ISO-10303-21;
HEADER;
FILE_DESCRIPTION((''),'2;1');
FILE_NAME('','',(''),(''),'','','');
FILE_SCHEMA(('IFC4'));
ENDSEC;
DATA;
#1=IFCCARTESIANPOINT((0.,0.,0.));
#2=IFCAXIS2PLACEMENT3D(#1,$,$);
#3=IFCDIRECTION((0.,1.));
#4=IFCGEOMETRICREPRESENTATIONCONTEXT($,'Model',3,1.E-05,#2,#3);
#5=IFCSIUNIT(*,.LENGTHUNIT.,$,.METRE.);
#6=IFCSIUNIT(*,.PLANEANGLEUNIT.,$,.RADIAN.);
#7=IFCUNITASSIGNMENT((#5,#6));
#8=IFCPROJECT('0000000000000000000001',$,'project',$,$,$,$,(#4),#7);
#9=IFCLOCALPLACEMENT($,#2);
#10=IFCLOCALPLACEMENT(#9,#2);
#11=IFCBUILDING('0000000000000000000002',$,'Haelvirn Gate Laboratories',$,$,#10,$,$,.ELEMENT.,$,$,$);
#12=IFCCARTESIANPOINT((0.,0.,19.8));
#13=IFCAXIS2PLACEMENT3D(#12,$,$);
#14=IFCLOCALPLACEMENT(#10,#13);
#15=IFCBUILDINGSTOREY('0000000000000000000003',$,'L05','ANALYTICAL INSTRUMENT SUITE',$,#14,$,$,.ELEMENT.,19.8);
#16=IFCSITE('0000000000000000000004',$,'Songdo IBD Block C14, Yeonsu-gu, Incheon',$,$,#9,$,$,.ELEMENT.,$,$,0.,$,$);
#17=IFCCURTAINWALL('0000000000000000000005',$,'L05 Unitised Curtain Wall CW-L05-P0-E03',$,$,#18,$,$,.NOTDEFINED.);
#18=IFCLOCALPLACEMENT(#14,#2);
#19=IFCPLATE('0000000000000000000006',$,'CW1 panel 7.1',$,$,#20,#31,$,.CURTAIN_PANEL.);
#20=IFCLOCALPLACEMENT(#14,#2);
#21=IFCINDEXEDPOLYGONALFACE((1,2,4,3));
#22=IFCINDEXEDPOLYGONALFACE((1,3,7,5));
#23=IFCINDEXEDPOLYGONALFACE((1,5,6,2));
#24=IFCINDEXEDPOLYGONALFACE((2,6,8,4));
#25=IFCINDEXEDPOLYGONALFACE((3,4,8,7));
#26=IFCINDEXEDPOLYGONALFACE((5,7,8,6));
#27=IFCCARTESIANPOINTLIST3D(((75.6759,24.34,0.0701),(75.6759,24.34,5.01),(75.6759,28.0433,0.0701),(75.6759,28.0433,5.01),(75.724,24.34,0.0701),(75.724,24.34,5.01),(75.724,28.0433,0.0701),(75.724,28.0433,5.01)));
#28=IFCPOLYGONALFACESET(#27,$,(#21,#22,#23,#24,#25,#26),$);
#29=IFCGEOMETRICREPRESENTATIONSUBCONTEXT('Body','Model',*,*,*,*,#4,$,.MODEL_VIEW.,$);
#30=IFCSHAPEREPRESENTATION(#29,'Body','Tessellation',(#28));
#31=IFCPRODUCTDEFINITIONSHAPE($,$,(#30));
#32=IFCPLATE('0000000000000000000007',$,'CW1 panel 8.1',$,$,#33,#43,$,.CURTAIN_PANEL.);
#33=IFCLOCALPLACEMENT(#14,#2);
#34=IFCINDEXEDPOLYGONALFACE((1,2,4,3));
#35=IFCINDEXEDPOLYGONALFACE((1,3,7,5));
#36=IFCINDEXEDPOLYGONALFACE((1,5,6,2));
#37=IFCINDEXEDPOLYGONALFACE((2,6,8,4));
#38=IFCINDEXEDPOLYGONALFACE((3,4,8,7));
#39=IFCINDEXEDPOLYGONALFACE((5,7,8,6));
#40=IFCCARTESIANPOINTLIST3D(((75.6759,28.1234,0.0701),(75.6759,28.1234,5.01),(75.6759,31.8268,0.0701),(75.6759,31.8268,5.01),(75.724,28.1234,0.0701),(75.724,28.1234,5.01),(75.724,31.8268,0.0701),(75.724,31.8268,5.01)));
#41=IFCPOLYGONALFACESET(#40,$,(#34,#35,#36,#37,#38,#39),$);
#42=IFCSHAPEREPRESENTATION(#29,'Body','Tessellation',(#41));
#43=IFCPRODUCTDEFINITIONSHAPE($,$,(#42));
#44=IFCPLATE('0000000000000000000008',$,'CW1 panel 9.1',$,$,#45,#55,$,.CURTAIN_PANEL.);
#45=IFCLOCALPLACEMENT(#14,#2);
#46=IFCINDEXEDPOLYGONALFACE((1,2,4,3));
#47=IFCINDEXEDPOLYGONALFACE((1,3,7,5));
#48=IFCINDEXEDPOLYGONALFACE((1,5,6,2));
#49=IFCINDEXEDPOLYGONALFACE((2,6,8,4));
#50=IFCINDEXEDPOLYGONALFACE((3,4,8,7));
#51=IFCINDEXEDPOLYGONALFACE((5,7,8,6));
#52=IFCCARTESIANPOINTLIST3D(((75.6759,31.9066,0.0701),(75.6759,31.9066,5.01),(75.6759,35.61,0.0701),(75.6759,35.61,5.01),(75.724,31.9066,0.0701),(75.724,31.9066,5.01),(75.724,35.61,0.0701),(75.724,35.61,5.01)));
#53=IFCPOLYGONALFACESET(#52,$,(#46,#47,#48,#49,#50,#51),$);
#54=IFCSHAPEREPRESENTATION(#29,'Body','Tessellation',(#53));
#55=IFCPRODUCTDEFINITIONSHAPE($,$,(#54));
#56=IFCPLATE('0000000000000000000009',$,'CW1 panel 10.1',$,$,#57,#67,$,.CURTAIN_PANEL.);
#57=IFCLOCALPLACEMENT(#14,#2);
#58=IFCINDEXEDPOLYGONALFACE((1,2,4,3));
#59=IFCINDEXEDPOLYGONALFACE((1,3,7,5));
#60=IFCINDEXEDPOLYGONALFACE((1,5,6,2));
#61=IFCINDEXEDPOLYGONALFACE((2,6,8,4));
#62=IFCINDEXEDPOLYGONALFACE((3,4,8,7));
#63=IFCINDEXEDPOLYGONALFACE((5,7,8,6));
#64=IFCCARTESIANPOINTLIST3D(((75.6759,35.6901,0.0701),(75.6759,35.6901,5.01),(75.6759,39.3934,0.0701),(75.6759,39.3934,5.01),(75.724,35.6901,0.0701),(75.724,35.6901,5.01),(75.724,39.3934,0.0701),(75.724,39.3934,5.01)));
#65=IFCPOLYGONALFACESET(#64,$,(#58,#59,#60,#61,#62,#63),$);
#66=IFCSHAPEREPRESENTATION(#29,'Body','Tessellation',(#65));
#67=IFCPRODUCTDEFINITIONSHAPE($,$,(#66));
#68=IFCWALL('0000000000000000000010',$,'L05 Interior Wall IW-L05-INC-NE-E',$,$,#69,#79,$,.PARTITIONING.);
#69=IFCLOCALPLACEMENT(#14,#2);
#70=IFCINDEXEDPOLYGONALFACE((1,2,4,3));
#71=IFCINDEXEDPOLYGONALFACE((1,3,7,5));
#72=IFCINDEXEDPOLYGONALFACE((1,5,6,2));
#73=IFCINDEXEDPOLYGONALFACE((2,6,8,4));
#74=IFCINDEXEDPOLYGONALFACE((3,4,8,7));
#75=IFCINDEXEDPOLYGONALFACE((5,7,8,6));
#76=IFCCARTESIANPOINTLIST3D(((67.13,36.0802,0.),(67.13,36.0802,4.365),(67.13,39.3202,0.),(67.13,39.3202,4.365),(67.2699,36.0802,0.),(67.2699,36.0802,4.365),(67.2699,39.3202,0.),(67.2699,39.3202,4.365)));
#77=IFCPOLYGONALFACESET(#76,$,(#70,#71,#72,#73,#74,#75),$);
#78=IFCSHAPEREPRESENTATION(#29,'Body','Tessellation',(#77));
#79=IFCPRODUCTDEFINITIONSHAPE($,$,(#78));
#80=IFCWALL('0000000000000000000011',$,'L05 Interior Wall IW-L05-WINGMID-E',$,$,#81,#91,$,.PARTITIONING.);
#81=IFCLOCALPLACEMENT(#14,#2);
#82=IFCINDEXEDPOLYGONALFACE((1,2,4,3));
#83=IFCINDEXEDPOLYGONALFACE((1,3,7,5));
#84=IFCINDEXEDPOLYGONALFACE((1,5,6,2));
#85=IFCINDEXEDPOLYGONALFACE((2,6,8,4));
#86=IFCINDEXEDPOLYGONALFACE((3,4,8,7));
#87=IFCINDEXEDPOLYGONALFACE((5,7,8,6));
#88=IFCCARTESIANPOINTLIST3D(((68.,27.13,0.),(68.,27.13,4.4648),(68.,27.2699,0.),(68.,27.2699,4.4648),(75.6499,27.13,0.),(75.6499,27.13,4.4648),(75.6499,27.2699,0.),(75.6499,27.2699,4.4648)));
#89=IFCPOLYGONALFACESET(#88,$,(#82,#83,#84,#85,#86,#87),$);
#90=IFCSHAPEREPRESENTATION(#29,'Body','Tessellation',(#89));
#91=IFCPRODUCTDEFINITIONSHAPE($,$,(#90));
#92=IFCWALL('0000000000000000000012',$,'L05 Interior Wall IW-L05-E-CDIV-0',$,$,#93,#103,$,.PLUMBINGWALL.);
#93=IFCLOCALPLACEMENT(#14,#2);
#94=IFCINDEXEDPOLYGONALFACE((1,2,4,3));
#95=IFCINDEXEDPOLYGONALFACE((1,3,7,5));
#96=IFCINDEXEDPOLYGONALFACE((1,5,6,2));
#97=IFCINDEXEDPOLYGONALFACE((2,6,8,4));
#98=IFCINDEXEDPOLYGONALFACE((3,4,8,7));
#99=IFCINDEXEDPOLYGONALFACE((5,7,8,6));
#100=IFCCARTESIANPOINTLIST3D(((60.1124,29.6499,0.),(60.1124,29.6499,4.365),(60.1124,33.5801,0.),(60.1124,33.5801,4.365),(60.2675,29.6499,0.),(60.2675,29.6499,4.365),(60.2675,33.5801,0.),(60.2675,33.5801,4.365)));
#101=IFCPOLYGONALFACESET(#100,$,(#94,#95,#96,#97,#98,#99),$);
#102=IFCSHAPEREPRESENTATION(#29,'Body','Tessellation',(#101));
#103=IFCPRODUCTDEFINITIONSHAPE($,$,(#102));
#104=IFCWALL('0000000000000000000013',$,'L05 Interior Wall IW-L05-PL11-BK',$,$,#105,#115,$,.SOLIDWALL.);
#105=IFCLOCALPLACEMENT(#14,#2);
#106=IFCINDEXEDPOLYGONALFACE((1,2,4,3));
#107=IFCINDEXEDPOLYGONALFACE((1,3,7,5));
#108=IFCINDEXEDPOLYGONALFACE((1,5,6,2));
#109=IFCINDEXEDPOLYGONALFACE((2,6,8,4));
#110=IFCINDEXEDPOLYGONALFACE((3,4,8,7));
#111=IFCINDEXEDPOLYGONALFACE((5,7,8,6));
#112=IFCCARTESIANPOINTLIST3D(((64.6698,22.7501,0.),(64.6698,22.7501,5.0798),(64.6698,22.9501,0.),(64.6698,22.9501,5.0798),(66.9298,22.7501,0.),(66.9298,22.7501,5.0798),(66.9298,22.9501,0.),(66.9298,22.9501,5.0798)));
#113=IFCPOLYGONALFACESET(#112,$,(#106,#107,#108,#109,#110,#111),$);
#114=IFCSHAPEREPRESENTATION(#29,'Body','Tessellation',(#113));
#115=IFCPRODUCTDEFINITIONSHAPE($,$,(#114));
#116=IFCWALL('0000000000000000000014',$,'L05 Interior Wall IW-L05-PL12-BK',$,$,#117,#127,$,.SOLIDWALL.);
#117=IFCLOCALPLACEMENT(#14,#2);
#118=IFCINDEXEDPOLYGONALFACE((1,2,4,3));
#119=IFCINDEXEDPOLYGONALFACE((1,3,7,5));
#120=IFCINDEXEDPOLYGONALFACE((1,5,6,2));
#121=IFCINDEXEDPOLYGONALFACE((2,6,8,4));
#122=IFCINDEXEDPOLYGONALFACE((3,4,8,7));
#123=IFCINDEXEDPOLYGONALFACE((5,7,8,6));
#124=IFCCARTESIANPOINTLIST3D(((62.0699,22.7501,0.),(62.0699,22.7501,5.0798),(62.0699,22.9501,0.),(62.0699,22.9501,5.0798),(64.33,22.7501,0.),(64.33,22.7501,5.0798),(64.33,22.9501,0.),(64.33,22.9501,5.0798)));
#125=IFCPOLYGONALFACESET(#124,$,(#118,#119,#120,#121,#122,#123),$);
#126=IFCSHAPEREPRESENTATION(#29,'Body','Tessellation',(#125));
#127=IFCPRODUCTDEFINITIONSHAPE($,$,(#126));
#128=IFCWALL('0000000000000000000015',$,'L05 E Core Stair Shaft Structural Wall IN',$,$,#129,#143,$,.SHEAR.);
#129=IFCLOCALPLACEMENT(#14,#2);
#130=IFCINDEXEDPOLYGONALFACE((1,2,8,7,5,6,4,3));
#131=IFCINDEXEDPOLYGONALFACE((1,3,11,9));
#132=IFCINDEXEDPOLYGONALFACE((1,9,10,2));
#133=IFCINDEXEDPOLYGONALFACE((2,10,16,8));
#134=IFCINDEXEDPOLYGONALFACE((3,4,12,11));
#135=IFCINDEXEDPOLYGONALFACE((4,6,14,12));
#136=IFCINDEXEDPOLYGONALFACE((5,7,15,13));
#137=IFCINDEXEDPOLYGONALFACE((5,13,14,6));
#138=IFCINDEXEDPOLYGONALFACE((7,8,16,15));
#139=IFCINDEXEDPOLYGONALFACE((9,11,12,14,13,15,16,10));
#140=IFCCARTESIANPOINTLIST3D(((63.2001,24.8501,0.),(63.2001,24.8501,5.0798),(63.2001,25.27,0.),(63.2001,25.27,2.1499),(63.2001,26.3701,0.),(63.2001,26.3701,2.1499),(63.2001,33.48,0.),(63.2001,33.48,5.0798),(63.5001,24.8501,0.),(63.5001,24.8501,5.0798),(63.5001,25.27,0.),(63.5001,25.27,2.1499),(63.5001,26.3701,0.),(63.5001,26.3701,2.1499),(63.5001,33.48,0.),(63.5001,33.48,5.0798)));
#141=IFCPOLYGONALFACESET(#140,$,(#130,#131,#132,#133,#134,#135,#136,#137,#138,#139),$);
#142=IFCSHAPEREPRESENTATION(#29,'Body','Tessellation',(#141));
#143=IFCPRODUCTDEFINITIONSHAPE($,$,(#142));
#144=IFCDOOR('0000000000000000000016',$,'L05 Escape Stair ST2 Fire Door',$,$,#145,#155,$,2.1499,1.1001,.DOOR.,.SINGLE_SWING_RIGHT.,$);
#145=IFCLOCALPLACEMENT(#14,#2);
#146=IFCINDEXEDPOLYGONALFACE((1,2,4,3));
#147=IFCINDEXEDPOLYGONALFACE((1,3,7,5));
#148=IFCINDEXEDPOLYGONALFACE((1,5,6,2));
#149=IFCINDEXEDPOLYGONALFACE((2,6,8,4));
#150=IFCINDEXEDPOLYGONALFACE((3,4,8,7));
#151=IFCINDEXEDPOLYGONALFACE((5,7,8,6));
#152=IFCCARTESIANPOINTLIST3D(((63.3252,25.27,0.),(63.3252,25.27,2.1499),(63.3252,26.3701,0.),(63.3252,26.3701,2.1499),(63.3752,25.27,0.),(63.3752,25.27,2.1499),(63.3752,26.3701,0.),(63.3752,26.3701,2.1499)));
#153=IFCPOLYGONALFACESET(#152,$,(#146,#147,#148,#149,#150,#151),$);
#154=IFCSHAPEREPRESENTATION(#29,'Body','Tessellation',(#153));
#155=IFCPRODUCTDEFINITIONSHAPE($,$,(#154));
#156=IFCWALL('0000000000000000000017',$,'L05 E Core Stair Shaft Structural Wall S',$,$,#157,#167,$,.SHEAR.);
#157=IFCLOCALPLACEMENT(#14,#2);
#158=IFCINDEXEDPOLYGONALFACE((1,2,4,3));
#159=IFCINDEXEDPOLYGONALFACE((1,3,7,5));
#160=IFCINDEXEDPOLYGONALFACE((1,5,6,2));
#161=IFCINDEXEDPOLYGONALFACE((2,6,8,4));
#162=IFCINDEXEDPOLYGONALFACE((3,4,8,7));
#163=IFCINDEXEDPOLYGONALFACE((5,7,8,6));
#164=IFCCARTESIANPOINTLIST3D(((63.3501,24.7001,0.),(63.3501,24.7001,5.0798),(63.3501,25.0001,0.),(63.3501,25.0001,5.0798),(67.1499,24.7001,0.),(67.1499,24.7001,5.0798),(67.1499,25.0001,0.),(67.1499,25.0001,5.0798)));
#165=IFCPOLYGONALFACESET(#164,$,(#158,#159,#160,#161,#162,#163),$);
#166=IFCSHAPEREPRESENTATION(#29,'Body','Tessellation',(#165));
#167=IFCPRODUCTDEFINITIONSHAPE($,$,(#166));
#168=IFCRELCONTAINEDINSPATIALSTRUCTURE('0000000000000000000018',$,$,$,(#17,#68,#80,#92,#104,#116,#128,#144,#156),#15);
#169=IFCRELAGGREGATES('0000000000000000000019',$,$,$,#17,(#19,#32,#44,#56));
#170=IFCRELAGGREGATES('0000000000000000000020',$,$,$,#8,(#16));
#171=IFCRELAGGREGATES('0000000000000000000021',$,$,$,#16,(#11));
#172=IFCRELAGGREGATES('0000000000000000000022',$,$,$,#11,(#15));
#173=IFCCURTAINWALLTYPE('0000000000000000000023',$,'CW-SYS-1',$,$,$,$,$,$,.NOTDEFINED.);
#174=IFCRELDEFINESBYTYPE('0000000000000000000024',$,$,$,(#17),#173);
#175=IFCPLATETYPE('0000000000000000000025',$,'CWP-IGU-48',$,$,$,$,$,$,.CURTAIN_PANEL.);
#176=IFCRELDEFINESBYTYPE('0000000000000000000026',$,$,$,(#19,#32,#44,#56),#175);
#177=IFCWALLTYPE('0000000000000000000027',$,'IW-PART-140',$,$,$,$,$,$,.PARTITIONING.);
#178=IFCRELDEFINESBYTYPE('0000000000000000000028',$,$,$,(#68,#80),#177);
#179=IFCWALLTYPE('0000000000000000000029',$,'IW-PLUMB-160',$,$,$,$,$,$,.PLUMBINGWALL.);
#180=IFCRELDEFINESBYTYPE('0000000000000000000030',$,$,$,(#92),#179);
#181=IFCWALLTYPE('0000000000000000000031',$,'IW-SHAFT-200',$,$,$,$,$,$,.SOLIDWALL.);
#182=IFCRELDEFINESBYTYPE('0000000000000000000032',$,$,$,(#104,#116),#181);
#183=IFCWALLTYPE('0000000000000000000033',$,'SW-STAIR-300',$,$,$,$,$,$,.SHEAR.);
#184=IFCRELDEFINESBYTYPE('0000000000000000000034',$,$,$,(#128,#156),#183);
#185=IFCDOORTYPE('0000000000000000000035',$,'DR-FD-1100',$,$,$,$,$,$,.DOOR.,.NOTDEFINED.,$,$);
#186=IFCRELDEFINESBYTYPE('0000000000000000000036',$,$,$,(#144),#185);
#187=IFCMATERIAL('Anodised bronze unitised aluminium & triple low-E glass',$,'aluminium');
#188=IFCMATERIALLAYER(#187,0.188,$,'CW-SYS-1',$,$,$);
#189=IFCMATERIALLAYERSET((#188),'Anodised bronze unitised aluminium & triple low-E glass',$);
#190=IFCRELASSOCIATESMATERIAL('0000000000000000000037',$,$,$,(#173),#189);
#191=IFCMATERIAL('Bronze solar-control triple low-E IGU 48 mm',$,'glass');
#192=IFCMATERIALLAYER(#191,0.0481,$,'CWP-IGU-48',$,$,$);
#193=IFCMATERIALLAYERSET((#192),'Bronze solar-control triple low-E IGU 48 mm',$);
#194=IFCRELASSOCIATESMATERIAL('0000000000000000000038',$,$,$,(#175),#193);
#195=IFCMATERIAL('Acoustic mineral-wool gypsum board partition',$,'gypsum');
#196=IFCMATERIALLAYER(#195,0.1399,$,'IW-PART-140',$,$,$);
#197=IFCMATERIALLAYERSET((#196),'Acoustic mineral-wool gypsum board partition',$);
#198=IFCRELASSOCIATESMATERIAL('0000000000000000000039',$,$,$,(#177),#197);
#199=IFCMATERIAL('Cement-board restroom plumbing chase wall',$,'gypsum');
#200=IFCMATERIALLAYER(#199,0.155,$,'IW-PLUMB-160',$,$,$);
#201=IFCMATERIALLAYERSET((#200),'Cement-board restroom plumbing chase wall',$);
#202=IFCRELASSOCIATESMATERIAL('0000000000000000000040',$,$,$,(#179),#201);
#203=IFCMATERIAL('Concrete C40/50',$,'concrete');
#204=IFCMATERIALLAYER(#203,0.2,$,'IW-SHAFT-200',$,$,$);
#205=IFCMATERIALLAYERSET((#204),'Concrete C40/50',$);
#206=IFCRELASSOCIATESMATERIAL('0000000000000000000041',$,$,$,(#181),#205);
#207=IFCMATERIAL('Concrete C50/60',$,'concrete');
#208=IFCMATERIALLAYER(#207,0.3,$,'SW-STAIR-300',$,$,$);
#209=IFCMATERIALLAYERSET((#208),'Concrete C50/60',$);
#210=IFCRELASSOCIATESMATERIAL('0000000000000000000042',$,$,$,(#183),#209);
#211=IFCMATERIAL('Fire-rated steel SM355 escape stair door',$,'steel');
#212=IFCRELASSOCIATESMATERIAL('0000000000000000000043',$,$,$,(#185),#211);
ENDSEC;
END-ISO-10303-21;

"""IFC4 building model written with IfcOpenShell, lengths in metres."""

from ifc_helpers import new_model, si_unit, direction, frame, frame_2d, origin, origin_2d, place, context, subcontext, project, spatial, rectangle, extrude, source, transform, mapped, material, layer, layer_set, type_object, type_shapes, element, fill, aggregate, save


model = new_model("IFC4")

# Units and contexts
model_context = context("Model", 3, precision=1e-05, world=origin(), true_north=direction((0.0, 1.0)))
body_context = subcontext(model_context, "Body", "Model", "MODEL_VIEW")
ifc_project = project(units=[si_unit("LENGTHUNIT", "METRE"), si_unit("PLANEANGLEUNIT", "RADIAN")], contexts=[model_context])

# Site, building, storey
site_placement = place(None, origin())
site = spatial("IfcSite", under=ifc_project, at=site_placement, Name="Songdo IBD Block C14, Yeonsu-gu, Incheon", CompositionType="ELEMENT", RefElevation=0.0)
building_placement = place(site_placement, origin())
building = spatial("IfcBuilding", under=site, at=building_placement, Name="Haelvirn Gate Laboratories", CompositionType="ELEMENT")
storey_placement = place(building_placement, frame((0.0, 0.0, 19.8)))
storey = spatial("IfcBuildingStorey", under=building, at=storey_placement, Name="L05", Description="ANALYTICAL INSTRUMENT SUITE", CompositionType="ELEMENT", Elevation=19.8)

# Curtain wall, plates
ifc_material_1 = material(Name="Anodised bronze unitised aluminium & triple low-E glass", Category="aluminium")
ifc_layer_1 = layer(ifc_material_1, 0.188, Name="CW-SYS-1")
ifc_layer_set_1 = layer_set([ifc_layer_1], Name="Anodised bronze unitised aluminium & triple low-E glass")
curtain_wall_type = type_object("IfcCurtainWallType", Name="CW-SYS-1", PredefinedType="NOTDEFINED", material=ifc_layer_set_1)
curtain_wall_placement = place(storey_placement, origin())
curtain_wall = element("IfcCurtainWall", 1, at=curtain_wall_placement, inside=storey, type_object=curtain_wall_type, Name="L05 Unitised Curtain Wall CW-L05-P0-E03", PredefinedType="NOTDEFINED")
ifc_material_2 = material(Name="Bronze solar-control triple low-E IGU 48 mm", Category="glass")
ifc_layer_2 = layer(ifc_material_2, 0.0481, Name="CWP-IGU-48")
ifc_layer_set_2 = layer_set([ifc_layer_2], Name="Bronze solar-control triple low-E IGU 48 mm")
plate_type = type_object("IfcPlateType", Name="CWP-IGU-48", PredefinedType="CURTAIN_PANEL", material=ifc_layer_set_2)
shared_shape_1 = source(origin(), body_context, "Body", "SweptSolid", [
    extrude(rectangle(XDim=3.7034, YDim=0.0481, at=origin_2d()), origin(), (0.0, 0.0, 1.0), 4.9399),
])
type_shapes(plate_type, [shared_shape_1])
plate_1_placement = place(storey_placement, frame((75.7, 26.1917, 0.0701), z_axis=(0.0, 0.0, 1.0), x_axis=(0.0, 1.0, 0.0)))
plate_1 = element("IfcPlate", 2, at=plate_1_placement, type_object=plate_type, Name="CW1 panel 7.1", PredefinedType="CURTAIN_PANEL", context=body_context, shape_type="MappedRepresentation", body=[
    mapped(shared_shape_1, transform((0.0, 0.0, 0.0), scale=1.0)),
])
plate_2_placement = place(storey_placement, frame((75.7, 29.9751, 0.0701), z_axis=(0.0, 0.0, 1.0), x_axis=(0.0, 1.0, 0.0)))
plate_2 = element("IfcPlate", 3, at=plate_2_placement, type_object=plate_type, Name="CW1 panel 8.1", PredefinedType="CURTAIN_PANEL", context=body_context, shape_type="MappedRepresentation", body=[
    mapped(shared_shape_1, transform((0.0, 0.0, 0.0), scale=1.0)),
])
plate_3_placement = place(storey_placement, frame((75.7, 33.7583, 0.0701), z_axis=(0.0, 0.0, 1.0), x_axis=(0.0, 1.0, 0.0)))
plate_3 = element("IfcPlate", 4, at=plate_3_placement, type_object=plate_type, Name="CW1 panel 9.1", PredefinedType="CURTAIN_PANEL", context=body_context, shape_type="MappedRepresentation", body=[
    mapped(shared_shape_1, transform((0.0, 0.0, 0.0), scale=1.0)),
])
plate_4_placement = place(storey_placement, frame((75.7, 37.5417, 0.0701), z_axis=(0.0, 0.0, 1.0), x_axis=(0.0, 1.0, 0.0)))
plate_4 = element("IfcPlate", 5, at=plate_4_placement, type_object=plate_type, Name="CW1 panel 10.1", PredefinedType="CURTAIN_PANEL", context=body_context, shape_type="MappedRepresentation", body=[
    mapped(shared_shape_1, transform((0.0, 0.0, 0.0), scale=1.0)),
])
aggregate(curtain_wall, [plate_1, plate_2, plate_3, plate_4])

# Walls
ifc_material_3 = material(Name="Acoustic mineral-wool gypsum board partition", Category="gypsum")
ifc_layer_3 = layer(ifc_material_3, 0.1399, Name="IW-PART-140")
ifc_layer_set_3 = layer_set([ifc_layer_3], Name="Acoustic mineral-wool gypsum board partition")
wall_type_1 = type_object("IfcWallType", Name="IW-PART-140", PredefinedType="PARTITIONING", material=ifc_layer_set_3)
wall_1_placement = place(storey_placement, frame((67.2, 36.0801, 0.0), z_axis=(0.0, 0.0, 1.0), x_axis=(0.0, 1.0, 0.0)))
element("IfcWall", 6, at=wall_1_placement, inside=storey, type_object=wall_type_1, Name="L05 Interior Wall IW-L05-INC-NE-E", PredefinedType="PARTITIONING", context=body_context, shape_type="SweptSolid", body=[
    extrude(rectangle(XDim=3.24, YDim=0.1399, at=frame_2d((1.6201, 0.0))), origin(), (0.0, 0.0, 1.0), 4.365),
])
wall_2_placement = place(storey_placement, frame((68.0, 27.2, 0.0), z_axis=(0.0, 0.0, 1.0), x_axis=(1.0, 0.0, 0.0)))
element("IfcWall", 7, at=wall_2_placement, inside=storey, type_object=wall_type_1, Name="L05 Interior Wall IW-L05-WINGMID-E", PredefinedType="PARTITIONING", context=body_context, shape_type="SweptSolid", body=[
    extrude(rectangle(XDim=7.6499, YDim=0.1399, at=frame_2d((3.825, 0.0))), origin(), (0.0, 0.0, 1.0), 4.4648),
])
ifc_material_4 = material(Name="Cement-board restroom plumbing chase wall", Category="gypsum")
ifc_layer_4 = layer(ifc_material_4, 0.155, Name="IW-PLUMB-160")
ifc_layer_set_4 = layer_set([ifc_layer_4], Name="Cement-board restroom plumbing chase wall")
wall_type_2 = type_object("IfcWallType", Name="IW-PLUMB-160", PredefinedType="PLUMBINGWALL", material=ifc_layer_set_4)
wall_3_placement = place(storey_placement, frame((60.1899, 29.6499, 0.0), z_axis=(0.0, 0.0, 1.0), x_axis=(0.0, 1.0, 0.0)))
element("IfcWall", 8, at=wall_3_placement, inside=storey, type_object=wall_type_2, Name="L05 Interior Wall IW-L05-E-CDIV-0", PredefinedType="PLUMBINGWALL", context=body_context, shape_type="SweptSolid", body=[
    extrude(rectangle(XDim=3.9302, YDim=0.155, at=frame_2d((1.9651, 0.0))), origin(), (0.0, 0.0, 1.0), 4.365),
])
ifc_material_5 = material(Name="Concrete C40/50", Category="concrete")
ifc_layer_5 = layer(ifc_material_5, 0.2, Name="IW-SHAFT-200")
ifc_layer_set_5 = layer_set([ifc_layer_5], Name="Concrete C40/50")
wall_type_3 = type_object("IfcWallType", Name="IW-SHAFT-200", PredefinedType="SOLIDWALL", material=ifc_layer_set_5)
for number, where, z_axis, x_axis, name in (
    (9, (64.6699, 22.8501, 0.0), (0.0, 0.0, 1.0), (1.0, 0.0, 0.0), "L05 Interior Wall IW-L05-PL11-BK"),
    (10, (62.0701, 22.8501, 0.0), (0.0, 0.0, 1.0), (1.0, 0.0, 0.0), "L05 Interior Wall IW-L05-PL12-BK"),
):
    element("IfcWall", number, at=place(storey_placement, frame(where, z_axis=z_axis, x_axis=x_axis)), inside=storey, type_object=wall_type_3, Name=name, PredefinedType="SOLIDWALL", context=body_context, shape_type="SweptSolid", body=[
        extrude(rectangle(XDim=2.26, YDim=0.2, at=frame_2d((1.1299, 0.0))), origin(), (0.0, 0.0, 1.0), 5.0798),
    ])

# Wall, opening, door
ifc_material_6 = material(Name="Concrete C50/60", Category="concrete")
ifc_layer_6 = layer(ifc_material_6, 0.3, Name="SW-STAIR-300")
ifc_layer_set_6 = layer_set([ifc_layer_6], Name="Concrete C50/60")
wall_type_4 = type_object("IfcWallType", Name="SW-STAIR-300", PredefinedType="SHEAR", material=ifc_layer_set_6)
wall_4_placement = place(storey_placement, frame((63.3501, 24.8501, 0.0), z_axis=(0.0, 0.0, 1.0), x_axis=(0.0, 1.0, 0.0)))
wall_4 = element("IfcWall", 11, at=wall_4_placement, inside=storey, type_object=wall_type_4, Name="L05 E Core Stair Shaft Structural Wall IN", PredefinedType="SHEAR", context=body_context, shape_type="SweptSolid", body=[
    extrude(rectangle(XDim=8.6299, YDim=0.3, at=frame_2d((4.3149, 0.0))), origin(), (0.0, 0.0, 1.0), 5.0798),
])
opening_placement = place(wall_4_placement, frame((0.4199, 0.0, 0.0)))
opening = element("IfcOpeningElement", 12, at=opening_placement, cuts=wall_4, PredefinedType="OPENING", context=body_context, shape_type="SweptSolid", body=[
    extrude(rectangle(XDim=1.1001, YDim=2.1499, at=frame_2d((0.55, 1.075))), frame((0.0, 0.1602, 0.0), z_axis=(0.0, -1.0, 0.0), x_axis=(1.0, 0.0, 0.0)), (0.0, 0.0, 1.0), 0.3201),
])
ifc_material_7 = material(Name="Fire-rated steel SM355 escape stair door", Category="steel")
door_type = type_object("IfcDoorType", Name="DR-FD-1100", OperationType="NOTDEFINED", PredefinedType="DOOR", material=ifc_material_7)
shared_shape_2 = source(origin(), body_context, "Body", "SweptSolid", [
    extrude(rectangle(XDim=1.1001, YDim=2.1499, at=frame_2d((0.55, 1.075))), frame((0.0, 0.0249, 0.0), z_axis=(0.0, -1.0, 0.0), x_axis=(1.0, 0.0, 0.0)), (0.0, 0.0, 1.0), 0.05),
])
type_shapes(door_type, [shared_shape_2])
door_placement = place(opening_placement, origin())
door = element("IfcDoor", 13, at=door_placement, inside=storey, type_object=door_type, Name="L05 Escape Stair ST2 Fire Door", OperationType="SINGLE_SWING_RIGHT", OverallHeight=2.1499, OverallWidth=1.1001, PredefinedType="DOOR", context=body_context, shape_type="MappedRepresentation", body=[
    mapped(shared_shape_2, transform((0.0, 0.0, 0.0), scale=1.0)),
])
fill(opening, door)

# Wall
wall_5_placement = place(storey_placement, frame((63.3501, 24.8501, 0.0), z_axis=(0.0, 0.0, 1.0), x_axis=(1.0, 0.0, 0.0)))
element("IfcWall", 14, at=wall_5_placement, inside=storey, type_object=wall_type_4, Name="L05 E Core Stair Shaft Structural Wall S", PredefinedType="SHEAR", context=body_context, shape_type="SweptSolid", body=[
    extrude(rectangle(XDim=3.7998, YDim=0.3, at=frame_2d((1.8999, 0.0))), origin(), (0.0, 0.0, 1.0), 5.0798),
])

save(model, "model.ifc")
